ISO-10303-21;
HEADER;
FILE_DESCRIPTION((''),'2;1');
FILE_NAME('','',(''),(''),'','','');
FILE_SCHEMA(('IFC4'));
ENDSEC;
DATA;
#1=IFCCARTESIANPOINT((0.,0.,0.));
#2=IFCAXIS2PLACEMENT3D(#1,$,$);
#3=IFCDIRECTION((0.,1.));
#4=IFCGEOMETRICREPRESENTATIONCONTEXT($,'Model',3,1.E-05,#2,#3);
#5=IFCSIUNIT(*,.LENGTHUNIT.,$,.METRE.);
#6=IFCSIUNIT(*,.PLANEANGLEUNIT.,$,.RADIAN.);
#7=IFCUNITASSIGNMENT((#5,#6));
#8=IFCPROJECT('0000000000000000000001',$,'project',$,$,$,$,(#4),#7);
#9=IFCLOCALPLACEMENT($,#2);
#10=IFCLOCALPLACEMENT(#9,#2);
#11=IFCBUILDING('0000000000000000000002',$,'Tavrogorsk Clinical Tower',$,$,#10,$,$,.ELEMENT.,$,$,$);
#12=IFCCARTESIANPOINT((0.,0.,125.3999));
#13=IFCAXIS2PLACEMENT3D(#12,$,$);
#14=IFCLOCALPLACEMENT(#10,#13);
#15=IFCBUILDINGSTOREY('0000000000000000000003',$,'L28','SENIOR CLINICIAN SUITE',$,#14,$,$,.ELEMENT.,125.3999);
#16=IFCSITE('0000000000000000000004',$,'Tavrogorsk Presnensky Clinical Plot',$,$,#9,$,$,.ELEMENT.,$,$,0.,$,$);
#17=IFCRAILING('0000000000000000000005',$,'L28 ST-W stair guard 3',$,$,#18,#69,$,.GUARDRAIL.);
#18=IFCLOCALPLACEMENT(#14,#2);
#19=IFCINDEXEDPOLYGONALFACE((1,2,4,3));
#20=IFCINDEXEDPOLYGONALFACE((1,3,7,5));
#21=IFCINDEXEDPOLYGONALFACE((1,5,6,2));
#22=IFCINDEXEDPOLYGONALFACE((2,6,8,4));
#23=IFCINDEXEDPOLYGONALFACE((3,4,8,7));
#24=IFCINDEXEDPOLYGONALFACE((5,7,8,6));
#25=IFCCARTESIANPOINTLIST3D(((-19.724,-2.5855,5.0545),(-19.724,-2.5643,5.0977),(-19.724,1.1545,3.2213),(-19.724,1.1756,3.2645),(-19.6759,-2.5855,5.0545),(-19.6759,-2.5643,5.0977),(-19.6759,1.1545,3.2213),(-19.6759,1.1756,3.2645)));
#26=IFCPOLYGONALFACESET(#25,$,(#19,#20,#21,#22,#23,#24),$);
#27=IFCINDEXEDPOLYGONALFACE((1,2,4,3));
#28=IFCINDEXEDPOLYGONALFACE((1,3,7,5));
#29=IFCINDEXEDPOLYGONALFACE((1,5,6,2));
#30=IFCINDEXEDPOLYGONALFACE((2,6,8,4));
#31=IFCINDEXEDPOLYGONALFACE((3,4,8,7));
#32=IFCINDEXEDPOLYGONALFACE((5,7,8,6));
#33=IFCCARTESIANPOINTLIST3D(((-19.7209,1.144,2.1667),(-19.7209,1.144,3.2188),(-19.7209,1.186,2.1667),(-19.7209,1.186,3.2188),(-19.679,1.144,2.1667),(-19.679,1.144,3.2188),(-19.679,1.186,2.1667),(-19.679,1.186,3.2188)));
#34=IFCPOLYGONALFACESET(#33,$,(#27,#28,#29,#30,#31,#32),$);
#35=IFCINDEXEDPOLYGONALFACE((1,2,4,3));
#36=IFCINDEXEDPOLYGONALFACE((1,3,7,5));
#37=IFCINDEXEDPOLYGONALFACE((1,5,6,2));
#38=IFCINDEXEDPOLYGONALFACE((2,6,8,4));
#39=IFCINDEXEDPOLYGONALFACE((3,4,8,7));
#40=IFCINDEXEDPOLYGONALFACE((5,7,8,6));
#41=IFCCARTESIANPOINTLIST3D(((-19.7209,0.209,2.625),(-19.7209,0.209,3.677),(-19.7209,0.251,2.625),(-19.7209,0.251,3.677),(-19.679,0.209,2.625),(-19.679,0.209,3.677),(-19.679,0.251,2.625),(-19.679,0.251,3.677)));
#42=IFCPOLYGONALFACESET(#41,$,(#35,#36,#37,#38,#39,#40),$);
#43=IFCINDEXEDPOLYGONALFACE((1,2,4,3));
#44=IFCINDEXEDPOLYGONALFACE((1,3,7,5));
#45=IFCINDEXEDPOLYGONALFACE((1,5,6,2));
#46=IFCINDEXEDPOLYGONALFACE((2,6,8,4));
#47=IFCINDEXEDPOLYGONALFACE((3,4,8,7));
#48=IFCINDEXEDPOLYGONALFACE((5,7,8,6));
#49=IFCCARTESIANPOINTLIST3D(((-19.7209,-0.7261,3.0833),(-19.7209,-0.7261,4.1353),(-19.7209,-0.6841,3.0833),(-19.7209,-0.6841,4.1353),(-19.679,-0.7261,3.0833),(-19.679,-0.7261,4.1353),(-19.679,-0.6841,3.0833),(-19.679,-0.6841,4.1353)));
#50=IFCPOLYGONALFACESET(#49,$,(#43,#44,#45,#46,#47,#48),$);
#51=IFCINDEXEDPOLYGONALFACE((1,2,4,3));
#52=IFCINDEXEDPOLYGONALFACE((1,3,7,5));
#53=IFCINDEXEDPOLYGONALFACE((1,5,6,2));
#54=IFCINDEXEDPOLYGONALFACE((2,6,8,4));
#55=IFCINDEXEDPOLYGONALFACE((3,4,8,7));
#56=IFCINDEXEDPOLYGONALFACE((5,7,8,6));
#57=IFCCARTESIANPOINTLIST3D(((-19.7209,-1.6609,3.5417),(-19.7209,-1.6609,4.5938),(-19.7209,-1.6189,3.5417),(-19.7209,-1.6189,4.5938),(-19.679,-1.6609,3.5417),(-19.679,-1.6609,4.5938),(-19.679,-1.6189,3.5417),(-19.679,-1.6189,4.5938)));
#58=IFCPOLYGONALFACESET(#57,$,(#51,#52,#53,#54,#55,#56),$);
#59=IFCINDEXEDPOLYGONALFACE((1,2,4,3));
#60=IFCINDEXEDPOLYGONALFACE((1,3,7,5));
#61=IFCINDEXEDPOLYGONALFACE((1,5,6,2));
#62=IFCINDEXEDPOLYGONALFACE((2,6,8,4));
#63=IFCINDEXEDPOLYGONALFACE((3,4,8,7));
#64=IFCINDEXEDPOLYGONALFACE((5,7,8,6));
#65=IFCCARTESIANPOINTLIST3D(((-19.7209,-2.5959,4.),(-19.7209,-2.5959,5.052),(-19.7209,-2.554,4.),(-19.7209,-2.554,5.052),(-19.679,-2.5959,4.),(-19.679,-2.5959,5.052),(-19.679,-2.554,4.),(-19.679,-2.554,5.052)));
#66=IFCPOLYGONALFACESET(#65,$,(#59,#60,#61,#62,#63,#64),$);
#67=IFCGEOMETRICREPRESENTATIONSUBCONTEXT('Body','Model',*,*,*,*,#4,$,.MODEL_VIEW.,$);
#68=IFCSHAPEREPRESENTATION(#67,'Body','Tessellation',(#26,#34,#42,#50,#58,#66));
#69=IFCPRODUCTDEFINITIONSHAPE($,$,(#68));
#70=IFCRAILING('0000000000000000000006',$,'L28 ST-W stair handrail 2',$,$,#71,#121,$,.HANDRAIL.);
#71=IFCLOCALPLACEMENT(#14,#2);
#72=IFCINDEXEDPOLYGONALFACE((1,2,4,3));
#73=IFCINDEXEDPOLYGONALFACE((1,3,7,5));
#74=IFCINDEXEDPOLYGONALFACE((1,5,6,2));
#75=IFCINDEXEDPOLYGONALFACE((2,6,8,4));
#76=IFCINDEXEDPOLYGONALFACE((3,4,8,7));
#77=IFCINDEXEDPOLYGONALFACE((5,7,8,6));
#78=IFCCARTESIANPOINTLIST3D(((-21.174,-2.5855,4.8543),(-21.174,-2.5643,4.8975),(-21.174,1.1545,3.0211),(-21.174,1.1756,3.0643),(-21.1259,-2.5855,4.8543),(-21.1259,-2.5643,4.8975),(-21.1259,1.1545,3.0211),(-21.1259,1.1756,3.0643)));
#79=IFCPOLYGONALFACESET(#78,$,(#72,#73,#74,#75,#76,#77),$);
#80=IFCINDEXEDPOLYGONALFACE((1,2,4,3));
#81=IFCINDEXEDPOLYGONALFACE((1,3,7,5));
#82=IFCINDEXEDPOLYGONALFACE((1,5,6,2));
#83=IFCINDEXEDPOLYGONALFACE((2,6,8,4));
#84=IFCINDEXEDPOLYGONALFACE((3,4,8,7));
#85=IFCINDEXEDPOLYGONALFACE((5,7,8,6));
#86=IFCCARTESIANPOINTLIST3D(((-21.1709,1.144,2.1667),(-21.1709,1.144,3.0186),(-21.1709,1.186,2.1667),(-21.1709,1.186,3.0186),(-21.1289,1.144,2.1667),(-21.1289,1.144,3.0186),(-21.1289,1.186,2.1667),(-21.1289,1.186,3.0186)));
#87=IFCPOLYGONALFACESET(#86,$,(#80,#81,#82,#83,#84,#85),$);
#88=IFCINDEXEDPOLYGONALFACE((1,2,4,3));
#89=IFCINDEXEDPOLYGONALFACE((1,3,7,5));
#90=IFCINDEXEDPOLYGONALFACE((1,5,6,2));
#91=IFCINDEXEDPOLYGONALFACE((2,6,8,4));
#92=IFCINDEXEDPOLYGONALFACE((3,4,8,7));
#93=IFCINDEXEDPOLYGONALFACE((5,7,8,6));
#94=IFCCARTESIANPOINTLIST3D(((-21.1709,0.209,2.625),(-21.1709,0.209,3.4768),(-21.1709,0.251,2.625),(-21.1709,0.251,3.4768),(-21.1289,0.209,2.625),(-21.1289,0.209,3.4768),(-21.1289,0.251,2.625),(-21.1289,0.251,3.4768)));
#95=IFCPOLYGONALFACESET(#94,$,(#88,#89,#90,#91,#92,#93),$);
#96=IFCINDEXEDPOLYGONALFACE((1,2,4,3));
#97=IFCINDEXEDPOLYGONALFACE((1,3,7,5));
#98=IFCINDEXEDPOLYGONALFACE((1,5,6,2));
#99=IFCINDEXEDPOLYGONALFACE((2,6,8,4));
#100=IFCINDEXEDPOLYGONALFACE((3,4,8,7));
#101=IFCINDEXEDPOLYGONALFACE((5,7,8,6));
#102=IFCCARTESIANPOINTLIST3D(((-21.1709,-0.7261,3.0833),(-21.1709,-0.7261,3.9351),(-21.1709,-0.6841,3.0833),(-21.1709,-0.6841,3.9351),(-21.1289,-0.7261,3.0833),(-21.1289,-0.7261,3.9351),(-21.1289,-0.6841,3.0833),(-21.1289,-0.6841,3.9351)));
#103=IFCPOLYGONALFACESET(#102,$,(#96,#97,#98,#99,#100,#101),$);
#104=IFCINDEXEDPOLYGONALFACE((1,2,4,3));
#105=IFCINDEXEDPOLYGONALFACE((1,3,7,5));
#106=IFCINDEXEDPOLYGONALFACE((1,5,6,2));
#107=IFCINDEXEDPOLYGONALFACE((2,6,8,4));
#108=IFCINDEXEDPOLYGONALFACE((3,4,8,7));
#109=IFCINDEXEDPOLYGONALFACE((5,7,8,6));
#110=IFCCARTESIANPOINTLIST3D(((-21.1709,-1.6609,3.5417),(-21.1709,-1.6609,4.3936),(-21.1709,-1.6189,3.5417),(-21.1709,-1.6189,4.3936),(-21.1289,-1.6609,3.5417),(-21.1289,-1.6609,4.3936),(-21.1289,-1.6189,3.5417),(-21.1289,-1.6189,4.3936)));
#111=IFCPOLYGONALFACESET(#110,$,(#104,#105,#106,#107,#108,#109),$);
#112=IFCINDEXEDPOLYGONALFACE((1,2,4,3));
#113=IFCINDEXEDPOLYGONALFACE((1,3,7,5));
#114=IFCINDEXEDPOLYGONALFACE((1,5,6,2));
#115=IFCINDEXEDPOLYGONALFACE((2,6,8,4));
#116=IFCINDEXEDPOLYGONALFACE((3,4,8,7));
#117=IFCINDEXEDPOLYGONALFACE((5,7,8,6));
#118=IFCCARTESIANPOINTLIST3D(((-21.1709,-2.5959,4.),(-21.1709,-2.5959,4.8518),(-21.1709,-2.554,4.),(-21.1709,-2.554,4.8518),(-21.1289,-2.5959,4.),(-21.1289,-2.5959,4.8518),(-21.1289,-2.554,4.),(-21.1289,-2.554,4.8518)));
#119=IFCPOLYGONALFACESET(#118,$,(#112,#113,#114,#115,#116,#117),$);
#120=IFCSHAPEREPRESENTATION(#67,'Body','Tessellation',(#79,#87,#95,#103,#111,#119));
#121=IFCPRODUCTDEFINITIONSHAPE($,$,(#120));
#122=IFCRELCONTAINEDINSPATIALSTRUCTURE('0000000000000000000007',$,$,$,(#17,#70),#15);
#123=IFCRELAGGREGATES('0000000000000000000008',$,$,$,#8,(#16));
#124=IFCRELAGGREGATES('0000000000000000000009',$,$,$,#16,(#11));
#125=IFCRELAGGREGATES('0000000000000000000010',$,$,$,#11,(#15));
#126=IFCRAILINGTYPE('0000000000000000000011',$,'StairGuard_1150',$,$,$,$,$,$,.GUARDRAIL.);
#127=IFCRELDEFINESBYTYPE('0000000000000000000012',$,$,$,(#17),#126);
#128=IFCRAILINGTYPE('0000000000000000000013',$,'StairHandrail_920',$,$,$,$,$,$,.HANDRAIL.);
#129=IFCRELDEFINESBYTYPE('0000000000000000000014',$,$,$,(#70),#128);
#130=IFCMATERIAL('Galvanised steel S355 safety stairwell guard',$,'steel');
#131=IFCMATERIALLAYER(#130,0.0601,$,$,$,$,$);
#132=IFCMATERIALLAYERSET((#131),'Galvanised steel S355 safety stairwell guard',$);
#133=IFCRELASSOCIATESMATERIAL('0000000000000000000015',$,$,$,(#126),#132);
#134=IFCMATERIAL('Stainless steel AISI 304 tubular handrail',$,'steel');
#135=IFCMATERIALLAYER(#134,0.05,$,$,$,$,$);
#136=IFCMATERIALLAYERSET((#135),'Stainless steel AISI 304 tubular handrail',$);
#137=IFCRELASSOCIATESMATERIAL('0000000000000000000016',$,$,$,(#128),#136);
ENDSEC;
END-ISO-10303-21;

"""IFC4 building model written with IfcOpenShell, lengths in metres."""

from ifc_helpers import new_model, si_unit, direction, frame, origin, origin_2d, place, context, subcontext, project, spatial, rectangle, extrude, material, layer, layer_set, type_object, element, save


model = new_model("IFC4")

# Units and contexts
model_context = context("Model", 3, precision=1e-05, world=origin(), true_north=direction((0.0, 1.0)))
body_context = subcontext(model_context, "Body", "Model", "MODEL_VIEW")
ifc_project = project(units=[si_unit("LENGTHUNIT", "METRE"), si_unit("PLANEANGLEUNIT", "RADIAN")], contexts=[model_context])

# Site, building, storey
site_placement = place(None, origin())
site = spatial("IfcSite", under=ifc_project, at=site_placement, Name="Tavrogorsk Presnensky Clinical Plot", CompositionType="ELEMENT", RefElevation=0.0)
building_placement = place(site_placement, origin())
building = spatial("IfcBuilding", under=site, at=building_placement, Name="Tavrogorsk Clinical Tower", CompositionType="ELEMENT")
storey_placement = place(building_placement, frame((0.0, 0.0, 125.3999)))
storey = spatial("IfcBuildingStorey", under=building, at=storey_placement, Name="L28", Description="SENIOR CLINICIAN SUITE", CompositionType="ELEMENT", Elevation=125.3999)

# Railings
ifc_material_1 = material(Name="Galvanised steel S355 safety stairwell guard", Category="steel")
ifc_layer_1 = layer(ifc_material_1, 0.0601)
ifc_layer_set_1 = layer_set([ifc_layer_1], Name="Galvanised steel S355 safety stairwell guard")
railing_type_1 = type_object("IfcRailingType", Name="StairGuard_1150", PredefinedType="GUARDRAIL", material=ifc_layer_set_1)
railing_1_placement = place(storey_placement, frame((-19.7, 1.165, 2.1667)))
element("IfcRailing", 1, at=railing_1_placement, inside=storey, type_object=railing_type_1, Name="L28 ST-W stair guard 3", PredefinedType="GUARDRAIL", context=body_context, shape_type="SweptSolid", body=[
    extrude(rectangle(XDim=0.0481, YDim=0.0481, at=origin_2d()), frame((0.0, 0.0, 1.0762), z_axis=(0.0, -0.897928, 0.440142), x_axis=(1.0, 0.0, 0.0)), (0.0, 0.0, 1.0), 4.165),
    extrude(rectangle(XDim=0.042, YDim=0.042, at=origin_2d()), origin(), (0.0, 0.0, 1.0), 1.052),
    extrude(rectangle(XDim=0.042, YDim=0.042, at=origin_2d()), frame((0.0, -0.9351, 0.4583)), (0.0, 0.0, 1.0), 1.052),
    extrude(rectangle(XDim=0.042, YDim=0.042, at=origin_2d()), frame((0.0, -1.8701, 0.9165)), (0.0, 0.0, 1.0), 1.052),
    extrude(rectangle(XDim=0.042, YDim=0.042, at=origin_2d()), frame((0.0, -2.8049, 1.375)), (0.0, 0.0, 1.0), 1.052),
    extrude(rectangle(XDim=0.042, YDim=0.042, at=origin_2d()), frame((0.0, -3.74, 1.8333)), (0.0, 0.0, 1.0), 1.052),
])
ifc_material_2 = material(Name="Stainless steel AISI 304 tubular handrail", Category="steel")
ifc_layer_2 = layer(ifc_material_2, 0.05)
ifc_layer_set_2 = layer_set([ifc_layer_2], Name="Stainless steel AISI 304 tubular handrail")
railing_type_2 = type_object("IfcRailingType", Name="StairHandrail_920", PredefinedType="HANDRAIL", material=ifc_layer_set_2)
railing_2_placement = place(storey_placement, frame((-21.1499, 1.165, 2.1667)))
element("IfcRailing", 2, at=railing_2_placement, inside=storey, type_object=railing_type_2, Name="L28 ST-W stair handrail 2", PredefinedType="HANDRAIL", context=body_context, shape_type="SweptSolid", body=[
    extrude(rectangle(XDim=0.0481, YDim=0.0481, at=origin_2d()), frame((0.0, 0.0, 0.876), z_axis=(0.0, -0.897928, 0.440142), x_axis=(1.0, 0.0, 0.0)), (0.0, 0.0, 1.0), 4.165),
    extrude(rectangle(XDim=0.042, YDim=0.042, at=origin_2d()), origin(), (0.0, 0.0, 1.0), 0.8518),
    extrude(rectangle(XDim=0.042, YDim=0.042, at=origin_2d()), frame((0.0, -0.9351, 0.4583)), (0.0, 0.0, 1.0), 0.8518),
    extrude(rectangle(XDim=0.042, YDim=0.042, at=origin_2d()), frame((0.0, -1.8701, 0.9165)), (0.0, 0.0, 1.0), 0.8518),
    extrude(rectangle(XDim=0.042, YDim=0.042, at=origin_2d()), frame((0.0, -2.8049, 1.375)), (0.0, 0.0, 1.0), 0.8518),
    extrude(rectangle(XDim=0.042, YDim=0.042, at=origin_2d()), frame((0.0, -3.74, 1.8333)), (0.0, 0.0, 1.0), 0.8518),
])

save(model, "model.ifc")
